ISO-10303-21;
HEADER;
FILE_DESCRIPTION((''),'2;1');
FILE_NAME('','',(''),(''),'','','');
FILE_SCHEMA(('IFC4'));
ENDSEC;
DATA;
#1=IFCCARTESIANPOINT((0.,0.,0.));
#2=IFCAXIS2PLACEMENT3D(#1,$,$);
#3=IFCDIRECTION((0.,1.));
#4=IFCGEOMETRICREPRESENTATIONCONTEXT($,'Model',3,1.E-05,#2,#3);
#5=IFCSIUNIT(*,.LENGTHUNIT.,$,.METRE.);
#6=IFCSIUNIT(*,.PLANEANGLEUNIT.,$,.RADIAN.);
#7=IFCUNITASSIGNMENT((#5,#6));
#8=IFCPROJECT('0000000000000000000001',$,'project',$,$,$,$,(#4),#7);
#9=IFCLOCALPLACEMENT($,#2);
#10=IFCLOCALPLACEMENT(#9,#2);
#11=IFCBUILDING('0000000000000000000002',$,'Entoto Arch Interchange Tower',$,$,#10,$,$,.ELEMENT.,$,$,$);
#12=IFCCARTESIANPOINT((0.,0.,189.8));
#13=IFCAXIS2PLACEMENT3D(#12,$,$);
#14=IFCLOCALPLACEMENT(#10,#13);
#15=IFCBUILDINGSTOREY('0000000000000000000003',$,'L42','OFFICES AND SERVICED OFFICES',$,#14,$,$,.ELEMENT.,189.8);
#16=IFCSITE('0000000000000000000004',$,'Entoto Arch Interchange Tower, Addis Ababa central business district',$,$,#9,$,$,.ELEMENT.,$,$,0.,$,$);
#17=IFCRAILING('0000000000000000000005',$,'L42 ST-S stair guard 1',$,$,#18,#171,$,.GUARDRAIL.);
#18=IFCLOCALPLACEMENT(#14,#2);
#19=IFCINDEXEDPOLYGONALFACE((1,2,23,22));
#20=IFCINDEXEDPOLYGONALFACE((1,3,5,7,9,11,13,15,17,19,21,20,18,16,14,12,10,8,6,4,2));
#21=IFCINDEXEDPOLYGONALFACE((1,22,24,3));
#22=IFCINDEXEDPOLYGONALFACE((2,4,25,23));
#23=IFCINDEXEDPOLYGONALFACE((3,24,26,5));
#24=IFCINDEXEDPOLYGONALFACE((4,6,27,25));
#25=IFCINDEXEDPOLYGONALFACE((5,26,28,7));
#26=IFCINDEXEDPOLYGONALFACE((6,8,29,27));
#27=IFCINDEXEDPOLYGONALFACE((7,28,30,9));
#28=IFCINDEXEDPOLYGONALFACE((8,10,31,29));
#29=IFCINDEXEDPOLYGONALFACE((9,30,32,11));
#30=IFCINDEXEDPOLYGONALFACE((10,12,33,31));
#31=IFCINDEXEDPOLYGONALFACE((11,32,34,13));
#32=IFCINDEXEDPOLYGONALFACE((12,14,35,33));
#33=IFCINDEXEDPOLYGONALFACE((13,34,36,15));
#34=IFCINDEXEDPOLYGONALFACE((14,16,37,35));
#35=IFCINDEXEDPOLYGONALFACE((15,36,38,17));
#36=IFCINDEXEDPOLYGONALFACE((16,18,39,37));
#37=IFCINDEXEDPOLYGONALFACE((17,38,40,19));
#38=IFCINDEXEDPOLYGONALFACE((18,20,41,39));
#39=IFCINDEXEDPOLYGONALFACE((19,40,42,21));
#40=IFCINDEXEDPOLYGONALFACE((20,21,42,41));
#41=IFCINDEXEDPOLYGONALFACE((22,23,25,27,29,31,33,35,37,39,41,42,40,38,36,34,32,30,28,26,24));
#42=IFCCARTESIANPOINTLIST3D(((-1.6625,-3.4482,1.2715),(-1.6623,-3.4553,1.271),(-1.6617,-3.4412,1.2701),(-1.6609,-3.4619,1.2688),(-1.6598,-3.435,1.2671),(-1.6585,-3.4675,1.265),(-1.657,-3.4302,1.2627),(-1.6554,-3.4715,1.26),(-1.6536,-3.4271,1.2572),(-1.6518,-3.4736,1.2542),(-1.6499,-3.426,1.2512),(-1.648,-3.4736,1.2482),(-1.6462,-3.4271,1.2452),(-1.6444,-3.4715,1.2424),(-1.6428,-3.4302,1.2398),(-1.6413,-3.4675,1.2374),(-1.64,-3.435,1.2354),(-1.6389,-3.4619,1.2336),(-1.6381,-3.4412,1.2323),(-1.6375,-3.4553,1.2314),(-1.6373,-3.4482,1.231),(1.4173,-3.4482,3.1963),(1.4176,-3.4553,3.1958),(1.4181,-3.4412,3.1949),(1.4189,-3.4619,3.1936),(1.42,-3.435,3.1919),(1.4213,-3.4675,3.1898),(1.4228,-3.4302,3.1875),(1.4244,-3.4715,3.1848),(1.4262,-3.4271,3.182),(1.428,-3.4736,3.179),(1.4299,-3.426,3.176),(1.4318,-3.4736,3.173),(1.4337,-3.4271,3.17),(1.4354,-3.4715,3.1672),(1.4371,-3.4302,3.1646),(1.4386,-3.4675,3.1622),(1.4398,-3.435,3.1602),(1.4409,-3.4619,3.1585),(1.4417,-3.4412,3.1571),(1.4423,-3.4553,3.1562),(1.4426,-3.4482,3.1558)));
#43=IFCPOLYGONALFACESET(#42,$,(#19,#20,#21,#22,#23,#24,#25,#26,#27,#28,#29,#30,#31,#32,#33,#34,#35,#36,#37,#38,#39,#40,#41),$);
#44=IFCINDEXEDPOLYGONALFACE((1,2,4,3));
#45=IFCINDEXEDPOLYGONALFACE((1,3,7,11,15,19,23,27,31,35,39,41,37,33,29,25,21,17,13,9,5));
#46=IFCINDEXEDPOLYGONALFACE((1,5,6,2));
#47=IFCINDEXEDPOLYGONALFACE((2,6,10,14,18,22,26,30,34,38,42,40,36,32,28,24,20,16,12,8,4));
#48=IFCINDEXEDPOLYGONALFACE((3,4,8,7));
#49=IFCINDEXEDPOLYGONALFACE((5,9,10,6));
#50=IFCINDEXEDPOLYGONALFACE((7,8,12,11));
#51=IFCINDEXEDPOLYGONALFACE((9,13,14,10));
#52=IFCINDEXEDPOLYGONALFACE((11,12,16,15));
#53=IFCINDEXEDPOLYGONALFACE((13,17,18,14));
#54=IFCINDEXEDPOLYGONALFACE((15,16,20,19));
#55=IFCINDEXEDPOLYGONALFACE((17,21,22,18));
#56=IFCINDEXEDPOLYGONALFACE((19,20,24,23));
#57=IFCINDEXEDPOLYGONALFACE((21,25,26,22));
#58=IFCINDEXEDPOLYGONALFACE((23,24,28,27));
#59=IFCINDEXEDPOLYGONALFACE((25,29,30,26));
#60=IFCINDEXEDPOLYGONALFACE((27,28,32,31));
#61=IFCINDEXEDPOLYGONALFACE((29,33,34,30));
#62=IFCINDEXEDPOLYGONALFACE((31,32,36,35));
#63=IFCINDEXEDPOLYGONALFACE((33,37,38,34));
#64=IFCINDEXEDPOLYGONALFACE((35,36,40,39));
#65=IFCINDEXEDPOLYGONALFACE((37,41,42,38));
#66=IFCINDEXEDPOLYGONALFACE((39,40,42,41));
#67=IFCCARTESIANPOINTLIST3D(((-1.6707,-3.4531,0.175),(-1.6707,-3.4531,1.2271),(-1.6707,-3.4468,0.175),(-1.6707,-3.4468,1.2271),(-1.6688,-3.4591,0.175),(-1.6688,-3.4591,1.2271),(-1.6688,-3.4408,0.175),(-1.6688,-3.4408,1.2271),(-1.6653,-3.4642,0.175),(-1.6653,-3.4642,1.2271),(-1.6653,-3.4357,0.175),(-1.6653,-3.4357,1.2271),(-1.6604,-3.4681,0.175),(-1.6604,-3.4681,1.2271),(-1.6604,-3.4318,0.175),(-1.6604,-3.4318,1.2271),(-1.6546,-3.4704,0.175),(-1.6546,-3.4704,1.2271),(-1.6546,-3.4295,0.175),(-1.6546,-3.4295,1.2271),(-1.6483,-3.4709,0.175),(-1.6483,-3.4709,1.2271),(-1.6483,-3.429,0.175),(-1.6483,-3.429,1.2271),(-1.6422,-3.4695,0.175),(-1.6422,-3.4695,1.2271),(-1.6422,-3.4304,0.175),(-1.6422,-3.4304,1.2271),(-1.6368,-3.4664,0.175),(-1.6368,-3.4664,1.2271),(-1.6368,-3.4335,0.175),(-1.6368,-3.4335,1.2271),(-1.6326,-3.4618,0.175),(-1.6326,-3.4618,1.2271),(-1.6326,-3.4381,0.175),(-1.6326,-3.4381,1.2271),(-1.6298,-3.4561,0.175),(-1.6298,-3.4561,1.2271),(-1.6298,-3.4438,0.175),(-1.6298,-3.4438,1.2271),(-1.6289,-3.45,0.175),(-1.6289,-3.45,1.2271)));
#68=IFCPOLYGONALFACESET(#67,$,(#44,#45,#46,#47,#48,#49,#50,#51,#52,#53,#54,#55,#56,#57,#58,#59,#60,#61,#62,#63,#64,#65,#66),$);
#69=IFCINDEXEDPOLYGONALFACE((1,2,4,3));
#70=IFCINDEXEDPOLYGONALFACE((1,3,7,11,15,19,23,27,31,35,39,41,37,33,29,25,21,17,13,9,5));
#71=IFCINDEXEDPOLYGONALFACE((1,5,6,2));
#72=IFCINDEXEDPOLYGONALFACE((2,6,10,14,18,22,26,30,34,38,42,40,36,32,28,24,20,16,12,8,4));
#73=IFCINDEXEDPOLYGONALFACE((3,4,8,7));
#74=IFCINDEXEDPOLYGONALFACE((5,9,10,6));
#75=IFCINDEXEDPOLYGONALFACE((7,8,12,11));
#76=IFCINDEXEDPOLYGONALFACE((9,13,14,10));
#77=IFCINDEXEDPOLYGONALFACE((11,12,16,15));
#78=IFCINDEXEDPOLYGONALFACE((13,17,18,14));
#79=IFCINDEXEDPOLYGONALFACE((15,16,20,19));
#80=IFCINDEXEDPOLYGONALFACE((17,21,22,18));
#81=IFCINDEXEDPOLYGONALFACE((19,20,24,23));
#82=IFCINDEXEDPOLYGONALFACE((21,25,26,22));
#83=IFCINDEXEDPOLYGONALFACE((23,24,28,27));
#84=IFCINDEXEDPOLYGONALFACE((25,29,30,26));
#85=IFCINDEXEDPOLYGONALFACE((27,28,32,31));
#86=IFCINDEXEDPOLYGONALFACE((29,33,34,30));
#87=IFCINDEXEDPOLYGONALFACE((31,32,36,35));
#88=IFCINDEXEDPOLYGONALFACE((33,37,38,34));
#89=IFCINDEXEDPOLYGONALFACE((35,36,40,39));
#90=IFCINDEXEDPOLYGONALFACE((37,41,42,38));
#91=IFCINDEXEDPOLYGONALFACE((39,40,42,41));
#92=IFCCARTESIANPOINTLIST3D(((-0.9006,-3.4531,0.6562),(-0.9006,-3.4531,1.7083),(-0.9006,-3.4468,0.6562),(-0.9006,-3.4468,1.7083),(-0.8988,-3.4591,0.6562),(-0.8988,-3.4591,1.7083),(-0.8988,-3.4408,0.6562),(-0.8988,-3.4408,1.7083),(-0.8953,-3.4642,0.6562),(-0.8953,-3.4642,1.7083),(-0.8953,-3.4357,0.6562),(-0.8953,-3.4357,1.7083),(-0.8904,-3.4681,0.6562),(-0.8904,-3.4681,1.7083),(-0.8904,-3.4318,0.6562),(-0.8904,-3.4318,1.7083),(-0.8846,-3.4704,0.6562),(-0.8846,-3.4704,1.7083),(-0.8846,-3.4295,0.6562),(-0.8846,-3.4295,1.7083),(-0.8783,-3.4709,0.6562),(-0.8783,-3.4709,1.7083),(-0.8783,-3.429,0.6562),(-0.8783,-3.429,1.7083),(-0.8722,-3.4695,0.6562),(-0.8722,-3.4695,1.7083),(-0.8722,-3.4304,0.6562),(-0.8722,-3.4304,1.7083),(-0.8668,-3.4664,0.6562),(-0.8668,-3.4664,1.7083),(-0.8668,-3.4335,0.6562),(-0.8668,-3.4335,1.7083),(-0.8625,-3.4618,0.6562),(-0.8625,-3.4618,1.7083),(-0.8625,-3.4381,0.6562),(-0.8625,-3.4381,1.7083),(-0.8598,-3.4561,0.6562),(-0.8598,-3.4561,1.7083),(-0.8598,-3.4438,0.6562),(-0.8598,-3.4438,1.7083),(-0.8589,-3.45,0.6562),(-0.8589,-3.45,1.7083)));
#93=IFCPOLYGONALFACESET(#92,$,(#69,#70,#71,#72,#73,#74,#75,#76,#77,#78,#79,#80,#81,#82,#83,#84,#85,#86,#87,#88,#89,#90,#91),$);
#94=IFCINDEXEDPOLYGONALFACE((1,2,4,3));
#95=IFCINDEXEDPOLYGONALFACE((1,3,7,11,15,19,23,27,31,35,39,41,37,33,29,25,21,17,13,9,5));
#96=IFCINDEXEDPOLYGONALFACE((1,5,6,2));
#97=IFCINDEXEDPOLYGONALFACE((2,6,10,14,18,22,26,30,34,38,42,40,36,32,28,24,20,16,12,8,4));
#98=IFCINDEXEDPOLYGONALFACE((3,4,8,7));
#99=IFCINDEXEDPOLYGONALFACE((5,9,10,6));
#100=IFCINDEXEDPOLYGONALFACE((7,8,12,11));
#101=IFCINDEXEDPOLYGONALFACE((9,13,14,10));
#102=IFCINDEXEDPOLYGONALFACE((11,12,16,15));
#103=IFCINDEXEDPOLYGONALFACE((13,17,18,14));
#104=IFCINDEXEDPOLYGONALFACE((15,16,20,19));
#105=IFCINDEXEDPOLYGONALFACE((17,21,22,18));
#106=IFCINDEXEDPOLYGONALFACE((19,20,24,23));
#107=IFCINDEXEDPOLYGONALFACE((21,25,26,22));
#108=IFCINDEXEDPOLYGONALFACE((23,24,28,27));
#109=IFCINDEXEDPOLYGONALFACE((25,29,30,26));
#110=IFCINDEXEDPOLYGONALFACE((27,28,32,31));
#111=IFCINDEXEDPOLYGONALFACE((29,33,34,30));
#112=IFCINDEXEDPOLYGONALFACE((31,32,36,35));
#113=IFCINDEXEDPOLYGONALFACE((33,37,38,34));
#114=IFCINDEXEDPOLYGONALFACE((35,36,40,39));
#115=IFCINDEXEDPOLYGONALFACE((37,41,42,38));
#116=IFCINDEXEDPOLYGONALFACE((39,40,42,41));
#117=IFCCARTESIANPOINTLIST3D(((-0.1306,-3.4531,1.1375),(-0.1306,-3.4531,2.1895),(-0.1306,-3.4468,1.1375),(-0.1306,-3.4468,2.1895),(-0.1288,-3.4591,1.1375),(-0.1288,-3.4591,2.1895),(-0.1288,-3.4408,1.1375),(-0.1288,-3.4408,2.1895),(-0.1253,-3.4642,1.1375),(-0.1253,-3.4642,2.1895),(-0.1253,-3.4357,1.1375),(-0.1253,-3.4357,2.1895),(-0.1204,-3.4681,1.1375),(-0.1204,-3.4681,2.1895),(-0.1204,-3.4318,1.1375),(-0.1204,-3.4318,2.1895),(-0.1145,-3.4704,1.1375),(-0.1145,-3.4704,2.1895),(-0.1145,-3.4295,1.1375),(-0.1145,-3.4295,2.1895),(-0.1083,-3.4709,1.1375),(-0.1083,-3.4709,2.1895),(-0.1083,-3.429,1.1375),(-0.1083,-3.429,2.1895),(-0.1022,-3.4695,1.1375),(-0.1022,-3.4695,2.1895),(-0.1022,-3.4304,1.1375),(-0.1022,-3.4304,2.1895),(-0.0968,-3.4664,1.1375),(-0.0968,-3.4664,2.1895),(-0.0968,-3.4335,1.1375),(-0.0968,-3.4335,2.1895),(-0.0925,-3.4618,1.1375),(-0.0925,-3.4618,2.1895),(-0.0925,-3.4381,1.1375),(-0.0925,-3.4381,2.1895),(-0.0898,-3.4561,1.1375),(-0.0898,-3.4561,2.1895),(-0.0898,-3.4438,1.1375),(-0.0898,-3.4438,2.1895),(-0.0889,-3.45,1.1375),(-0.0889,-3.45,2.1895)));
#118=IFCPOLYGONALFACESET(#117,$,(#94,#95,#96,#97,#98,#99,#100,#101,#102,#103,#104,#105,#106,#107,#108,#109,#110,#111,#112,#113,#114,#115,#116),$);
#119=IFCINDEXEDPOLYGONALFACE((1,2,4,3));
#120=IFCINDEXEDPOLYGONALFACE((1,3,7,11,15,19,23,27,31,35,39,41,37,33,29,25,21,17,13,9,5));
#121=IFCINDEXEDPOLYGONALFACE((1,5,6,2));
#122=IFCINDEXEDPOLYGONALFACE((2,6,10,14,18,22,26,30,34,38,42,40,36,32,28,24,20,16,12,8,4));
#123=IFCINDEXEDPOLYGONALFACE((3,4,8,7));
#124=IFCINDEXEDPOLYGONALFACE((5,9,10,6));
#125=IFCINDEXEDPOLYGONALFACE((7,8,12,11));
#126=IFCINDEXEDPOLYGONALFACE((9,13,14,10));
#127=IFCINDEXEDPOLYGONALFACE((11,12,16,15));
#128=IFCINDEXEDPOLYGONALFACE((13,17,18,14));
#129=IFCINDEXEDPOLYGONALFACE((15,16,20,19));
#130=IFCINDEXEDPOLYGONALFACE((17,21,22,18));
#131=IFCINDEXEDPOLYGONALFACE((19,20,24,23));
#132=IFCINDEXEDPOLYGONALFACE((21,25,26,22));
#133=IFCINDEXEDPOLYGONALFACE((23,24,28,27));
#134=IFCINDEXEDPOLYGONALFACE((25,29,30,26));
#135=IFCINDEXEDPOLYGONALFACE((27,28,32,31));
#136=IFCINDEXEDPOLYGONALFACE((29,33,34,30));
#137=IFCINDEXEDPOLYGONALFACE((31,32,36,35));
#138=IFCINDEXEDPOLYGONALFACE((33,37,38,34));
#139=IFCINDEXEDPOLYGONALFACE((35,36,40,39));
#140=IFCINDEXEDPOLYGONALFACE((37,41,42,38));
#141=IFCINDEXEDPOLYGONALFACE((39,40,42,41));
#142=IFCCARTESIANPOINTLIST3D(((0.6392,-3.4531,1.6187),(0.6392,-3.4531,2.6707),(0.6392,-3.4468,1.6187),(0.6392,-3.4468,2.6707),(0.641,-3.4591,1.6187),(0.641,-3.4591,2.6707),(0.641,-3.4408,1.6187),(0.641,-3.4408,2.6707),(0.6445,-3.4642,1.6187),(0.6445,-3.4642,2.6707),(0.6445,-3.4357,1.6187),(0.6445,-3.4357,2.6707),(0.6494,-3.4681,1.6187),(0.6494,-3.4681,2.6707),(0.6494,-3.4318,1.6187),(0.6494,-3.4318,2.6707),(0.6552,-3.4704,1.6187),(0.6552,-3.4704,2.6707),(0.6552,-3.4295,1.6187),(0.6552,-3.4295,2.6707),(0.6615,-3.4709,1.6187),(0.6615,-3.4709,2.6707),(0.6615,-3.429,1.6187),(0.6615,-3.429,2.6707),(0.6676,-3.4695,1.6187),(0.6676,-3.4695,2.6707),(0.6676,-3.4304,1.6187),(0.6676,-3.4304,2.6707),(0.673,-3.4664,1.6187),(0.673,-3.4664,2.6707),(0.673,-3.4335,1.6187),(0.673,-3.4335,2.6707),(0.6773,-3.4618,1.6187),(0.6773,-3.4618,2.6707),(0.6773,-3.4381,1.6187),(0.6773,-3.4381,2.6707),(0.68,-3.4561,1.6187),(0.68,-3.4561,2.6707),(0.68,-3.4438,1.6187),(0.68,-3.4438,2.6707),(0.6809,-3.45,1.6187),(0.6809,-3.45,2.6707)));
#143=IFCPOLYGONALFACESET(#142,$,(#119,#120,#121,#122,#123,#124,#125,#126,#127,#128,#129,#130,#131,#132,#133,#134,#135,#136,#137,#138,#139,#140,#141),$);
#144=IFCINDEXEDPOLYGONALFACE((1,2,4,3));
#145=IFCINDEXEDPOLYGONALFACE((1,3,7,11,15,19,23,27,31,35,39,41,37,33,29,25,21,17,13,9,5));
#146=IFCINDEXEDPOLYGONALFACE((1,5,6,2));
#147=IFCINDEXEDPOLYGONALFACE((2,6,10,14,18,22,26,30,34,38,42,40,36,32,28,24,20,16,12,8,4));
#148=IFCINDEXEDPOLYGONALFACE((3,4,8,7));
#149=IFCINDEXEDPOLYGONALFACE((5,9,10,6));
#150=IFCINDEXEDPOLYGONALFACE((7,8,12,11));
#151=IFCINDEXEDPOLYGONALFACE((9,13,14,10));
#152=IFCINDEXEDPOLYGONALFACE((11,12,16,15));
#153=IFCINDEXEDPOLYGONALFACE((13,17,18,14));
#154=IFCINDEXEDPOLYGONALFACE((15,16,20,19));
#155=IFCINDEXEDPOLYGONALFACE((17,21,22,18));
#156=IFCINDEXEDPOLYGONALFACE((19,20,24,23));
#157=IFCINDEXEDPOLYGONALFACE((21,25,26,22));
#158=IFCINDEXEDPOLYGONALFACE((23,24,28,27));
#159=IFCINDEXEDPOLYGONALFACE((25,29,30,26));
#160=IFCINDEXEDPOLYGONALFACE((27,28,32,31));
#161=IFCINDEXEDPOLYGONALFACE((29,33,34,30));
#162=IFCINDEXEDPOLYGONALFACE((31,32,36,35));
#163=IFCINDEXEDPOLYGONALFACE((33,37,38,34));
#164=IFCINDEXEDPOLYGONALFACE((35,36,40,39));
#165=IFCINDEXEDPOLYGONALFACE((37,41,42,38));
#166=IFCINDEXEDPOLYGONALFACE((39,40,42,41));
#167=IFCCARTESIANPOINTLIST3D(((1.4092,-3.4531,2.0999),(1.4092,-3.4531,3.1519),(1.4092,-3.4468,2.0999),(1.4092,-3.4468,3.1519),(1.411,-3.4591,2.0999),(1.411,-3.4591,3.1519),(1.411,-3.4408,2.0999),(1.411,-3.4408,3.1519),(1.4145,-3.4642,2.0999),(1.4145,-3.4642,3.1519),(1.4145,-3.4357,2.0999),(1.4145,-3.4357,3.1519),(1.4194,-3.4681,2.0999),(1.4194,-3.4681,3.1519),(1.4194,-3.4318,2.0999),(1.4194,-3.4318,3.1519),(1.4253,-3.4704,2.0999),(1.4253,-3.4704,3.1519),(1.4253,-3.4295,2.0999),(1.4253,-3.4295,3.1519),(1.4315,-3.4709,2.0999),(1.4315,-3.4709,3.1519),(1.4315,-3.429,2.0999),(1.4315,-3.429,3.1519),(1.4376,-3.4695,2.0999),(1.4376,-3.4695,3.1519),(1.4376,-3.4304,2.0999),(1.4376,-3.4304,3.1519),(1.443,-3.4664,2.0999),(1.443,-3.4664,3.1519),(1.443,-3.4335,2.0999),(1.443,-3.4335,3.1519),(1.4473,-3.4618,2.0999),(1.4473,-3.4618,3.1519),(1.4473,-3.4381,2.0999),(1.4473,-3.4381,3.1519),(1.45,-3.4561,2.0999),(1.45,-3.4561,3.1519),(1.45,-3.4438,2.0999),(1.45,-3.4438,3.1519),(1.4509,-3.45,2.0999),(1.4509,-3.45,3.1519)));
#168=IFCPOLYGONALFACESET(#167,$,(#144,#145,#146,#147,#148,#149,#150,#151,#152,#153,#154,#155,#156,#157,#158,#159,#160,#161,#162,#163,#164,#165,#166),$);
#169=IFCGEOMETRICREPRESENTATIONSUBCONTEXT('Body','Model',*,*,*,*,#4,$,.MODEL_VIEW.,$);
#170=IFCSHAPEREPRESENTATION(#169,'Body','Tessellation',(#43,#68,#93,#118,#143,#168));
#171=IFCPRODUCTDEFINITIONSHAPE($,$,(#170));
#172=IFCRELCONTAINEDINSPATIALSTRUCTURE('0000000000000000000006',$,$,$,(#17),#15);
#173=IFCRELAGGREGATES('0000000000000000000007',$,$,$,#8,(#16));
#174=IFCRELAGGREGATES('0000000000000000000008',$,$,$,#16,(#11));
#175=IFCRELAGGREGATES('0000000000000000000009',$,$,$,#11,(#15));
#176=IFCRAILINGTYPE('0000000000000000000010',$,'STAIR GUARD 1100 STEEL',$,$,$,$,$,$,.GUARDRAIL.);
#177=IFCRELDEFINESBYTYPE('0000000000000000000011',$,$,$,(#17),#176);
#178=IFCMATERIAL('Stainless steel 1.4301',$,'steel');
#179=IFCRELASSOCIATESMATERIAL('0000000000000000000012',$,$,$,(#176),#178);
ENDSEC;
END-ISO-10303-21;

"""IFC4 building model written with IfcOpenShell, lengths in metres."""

from ifc_helpers import new_model, si_unit, direction, frame, origin, origin_2d, place, context, subcontext, project, spatial, circle, extrude, material, type_object, element, save


model = new_model("IFC4")

# Units and contexts
model_context = context("Model", 3, precision=1e-05, world=origin(), true_north=direction((0.0, 1.0)))
body_context = subcontext(model_context, "Body", "Model", "MODEL_VIEW")
ifc_project = project(units=[si_unit("LENGTHUNIT", "METRE"), si_unit("PLANEANGLEUNIT", "RADIAN")], contexts=[model_context])

# Site, building, storey
site_placement = place(None, origin())
site = spatial("IfcSite", under=ifc_project, at=site_placement, Name="Entoto Arch Interchange Tower, Addis Ababa central business district", CompositionType="ELEMENT", RefElevation=0.0)
building_placement = place(site_placement, origin())
building = spatial("IfcBuilding", under=site, at=building_placement, Name="Entoto Arch Interchange Tower", CompositionType="ELEMENT")
storey_placement = place(building_placement, frame((0.0, 0.0, 189.8)))
storey = spatial("IfcBuildingStorey", under=building, at=storey_placement, Name="L42", Description="OFFICES AND SERVICED OFFICES", CompositionType="ELEMENT", Elevation=189.8)

# Railing
ifc_material_1 = material(Name="Stainless steel 1.4301", Category="steel")
railing_type_1 = type_object("IfcRailingType", Name="STAIR GUARD 1100 STEEL", PredefinedType="GUARDRAIL", material=ifc_material_1)
railing_1_placement = place(storey_placement, frame((-1.6499, -3.45, 0.175)))
element("IfcRailing", 1, at=railing_1_placement, inside=storey, type_object=railing_type_1, Name="L42 ST-S stair guard 1", PredefinedType="GUARDRAIL", context=body_context, shape_type="SweptSolid", body=[
    extrude(circle(Radius=0.0239, at=origin_2d()), frame((0.0, 0.0, 1.0762), z_axis=(0.84801, 0.0, 0.529981), x_axis=(0.0, 1.0, 0.0)), (0.0, 0.0, 1.0), 3.6318),
    extrude(circle(Radius=0.021, at=origin_2d()), origin(), (0.0, 0.0, 1.0), 1.052),
    extrude(circle(Radius=0.021, at=origin_2d()), frame((0.77, 0.0, 0.4812)), (0.0, 0.0, 1.0), 1.052),
    extrude(circle(Radius=0.021, at=origin_2d()), frame((1.54, 0.0, 0.9624)), (0.0, 0.0, 1.0), 1.052),
    extrude(circle(Radius=0.021, at=origin_2d()), frame((2.3098, 0.0, 1.4436)), (0.0, 0.0, 1.0), 1.052),
    extrude(circle(Radius=0.021, at=origin_2d()), frame((3.0798, 0.0, 1.9248)), (0.0, 0.0, 1.0), 1.052),
])

save(model, "model.ifc")
